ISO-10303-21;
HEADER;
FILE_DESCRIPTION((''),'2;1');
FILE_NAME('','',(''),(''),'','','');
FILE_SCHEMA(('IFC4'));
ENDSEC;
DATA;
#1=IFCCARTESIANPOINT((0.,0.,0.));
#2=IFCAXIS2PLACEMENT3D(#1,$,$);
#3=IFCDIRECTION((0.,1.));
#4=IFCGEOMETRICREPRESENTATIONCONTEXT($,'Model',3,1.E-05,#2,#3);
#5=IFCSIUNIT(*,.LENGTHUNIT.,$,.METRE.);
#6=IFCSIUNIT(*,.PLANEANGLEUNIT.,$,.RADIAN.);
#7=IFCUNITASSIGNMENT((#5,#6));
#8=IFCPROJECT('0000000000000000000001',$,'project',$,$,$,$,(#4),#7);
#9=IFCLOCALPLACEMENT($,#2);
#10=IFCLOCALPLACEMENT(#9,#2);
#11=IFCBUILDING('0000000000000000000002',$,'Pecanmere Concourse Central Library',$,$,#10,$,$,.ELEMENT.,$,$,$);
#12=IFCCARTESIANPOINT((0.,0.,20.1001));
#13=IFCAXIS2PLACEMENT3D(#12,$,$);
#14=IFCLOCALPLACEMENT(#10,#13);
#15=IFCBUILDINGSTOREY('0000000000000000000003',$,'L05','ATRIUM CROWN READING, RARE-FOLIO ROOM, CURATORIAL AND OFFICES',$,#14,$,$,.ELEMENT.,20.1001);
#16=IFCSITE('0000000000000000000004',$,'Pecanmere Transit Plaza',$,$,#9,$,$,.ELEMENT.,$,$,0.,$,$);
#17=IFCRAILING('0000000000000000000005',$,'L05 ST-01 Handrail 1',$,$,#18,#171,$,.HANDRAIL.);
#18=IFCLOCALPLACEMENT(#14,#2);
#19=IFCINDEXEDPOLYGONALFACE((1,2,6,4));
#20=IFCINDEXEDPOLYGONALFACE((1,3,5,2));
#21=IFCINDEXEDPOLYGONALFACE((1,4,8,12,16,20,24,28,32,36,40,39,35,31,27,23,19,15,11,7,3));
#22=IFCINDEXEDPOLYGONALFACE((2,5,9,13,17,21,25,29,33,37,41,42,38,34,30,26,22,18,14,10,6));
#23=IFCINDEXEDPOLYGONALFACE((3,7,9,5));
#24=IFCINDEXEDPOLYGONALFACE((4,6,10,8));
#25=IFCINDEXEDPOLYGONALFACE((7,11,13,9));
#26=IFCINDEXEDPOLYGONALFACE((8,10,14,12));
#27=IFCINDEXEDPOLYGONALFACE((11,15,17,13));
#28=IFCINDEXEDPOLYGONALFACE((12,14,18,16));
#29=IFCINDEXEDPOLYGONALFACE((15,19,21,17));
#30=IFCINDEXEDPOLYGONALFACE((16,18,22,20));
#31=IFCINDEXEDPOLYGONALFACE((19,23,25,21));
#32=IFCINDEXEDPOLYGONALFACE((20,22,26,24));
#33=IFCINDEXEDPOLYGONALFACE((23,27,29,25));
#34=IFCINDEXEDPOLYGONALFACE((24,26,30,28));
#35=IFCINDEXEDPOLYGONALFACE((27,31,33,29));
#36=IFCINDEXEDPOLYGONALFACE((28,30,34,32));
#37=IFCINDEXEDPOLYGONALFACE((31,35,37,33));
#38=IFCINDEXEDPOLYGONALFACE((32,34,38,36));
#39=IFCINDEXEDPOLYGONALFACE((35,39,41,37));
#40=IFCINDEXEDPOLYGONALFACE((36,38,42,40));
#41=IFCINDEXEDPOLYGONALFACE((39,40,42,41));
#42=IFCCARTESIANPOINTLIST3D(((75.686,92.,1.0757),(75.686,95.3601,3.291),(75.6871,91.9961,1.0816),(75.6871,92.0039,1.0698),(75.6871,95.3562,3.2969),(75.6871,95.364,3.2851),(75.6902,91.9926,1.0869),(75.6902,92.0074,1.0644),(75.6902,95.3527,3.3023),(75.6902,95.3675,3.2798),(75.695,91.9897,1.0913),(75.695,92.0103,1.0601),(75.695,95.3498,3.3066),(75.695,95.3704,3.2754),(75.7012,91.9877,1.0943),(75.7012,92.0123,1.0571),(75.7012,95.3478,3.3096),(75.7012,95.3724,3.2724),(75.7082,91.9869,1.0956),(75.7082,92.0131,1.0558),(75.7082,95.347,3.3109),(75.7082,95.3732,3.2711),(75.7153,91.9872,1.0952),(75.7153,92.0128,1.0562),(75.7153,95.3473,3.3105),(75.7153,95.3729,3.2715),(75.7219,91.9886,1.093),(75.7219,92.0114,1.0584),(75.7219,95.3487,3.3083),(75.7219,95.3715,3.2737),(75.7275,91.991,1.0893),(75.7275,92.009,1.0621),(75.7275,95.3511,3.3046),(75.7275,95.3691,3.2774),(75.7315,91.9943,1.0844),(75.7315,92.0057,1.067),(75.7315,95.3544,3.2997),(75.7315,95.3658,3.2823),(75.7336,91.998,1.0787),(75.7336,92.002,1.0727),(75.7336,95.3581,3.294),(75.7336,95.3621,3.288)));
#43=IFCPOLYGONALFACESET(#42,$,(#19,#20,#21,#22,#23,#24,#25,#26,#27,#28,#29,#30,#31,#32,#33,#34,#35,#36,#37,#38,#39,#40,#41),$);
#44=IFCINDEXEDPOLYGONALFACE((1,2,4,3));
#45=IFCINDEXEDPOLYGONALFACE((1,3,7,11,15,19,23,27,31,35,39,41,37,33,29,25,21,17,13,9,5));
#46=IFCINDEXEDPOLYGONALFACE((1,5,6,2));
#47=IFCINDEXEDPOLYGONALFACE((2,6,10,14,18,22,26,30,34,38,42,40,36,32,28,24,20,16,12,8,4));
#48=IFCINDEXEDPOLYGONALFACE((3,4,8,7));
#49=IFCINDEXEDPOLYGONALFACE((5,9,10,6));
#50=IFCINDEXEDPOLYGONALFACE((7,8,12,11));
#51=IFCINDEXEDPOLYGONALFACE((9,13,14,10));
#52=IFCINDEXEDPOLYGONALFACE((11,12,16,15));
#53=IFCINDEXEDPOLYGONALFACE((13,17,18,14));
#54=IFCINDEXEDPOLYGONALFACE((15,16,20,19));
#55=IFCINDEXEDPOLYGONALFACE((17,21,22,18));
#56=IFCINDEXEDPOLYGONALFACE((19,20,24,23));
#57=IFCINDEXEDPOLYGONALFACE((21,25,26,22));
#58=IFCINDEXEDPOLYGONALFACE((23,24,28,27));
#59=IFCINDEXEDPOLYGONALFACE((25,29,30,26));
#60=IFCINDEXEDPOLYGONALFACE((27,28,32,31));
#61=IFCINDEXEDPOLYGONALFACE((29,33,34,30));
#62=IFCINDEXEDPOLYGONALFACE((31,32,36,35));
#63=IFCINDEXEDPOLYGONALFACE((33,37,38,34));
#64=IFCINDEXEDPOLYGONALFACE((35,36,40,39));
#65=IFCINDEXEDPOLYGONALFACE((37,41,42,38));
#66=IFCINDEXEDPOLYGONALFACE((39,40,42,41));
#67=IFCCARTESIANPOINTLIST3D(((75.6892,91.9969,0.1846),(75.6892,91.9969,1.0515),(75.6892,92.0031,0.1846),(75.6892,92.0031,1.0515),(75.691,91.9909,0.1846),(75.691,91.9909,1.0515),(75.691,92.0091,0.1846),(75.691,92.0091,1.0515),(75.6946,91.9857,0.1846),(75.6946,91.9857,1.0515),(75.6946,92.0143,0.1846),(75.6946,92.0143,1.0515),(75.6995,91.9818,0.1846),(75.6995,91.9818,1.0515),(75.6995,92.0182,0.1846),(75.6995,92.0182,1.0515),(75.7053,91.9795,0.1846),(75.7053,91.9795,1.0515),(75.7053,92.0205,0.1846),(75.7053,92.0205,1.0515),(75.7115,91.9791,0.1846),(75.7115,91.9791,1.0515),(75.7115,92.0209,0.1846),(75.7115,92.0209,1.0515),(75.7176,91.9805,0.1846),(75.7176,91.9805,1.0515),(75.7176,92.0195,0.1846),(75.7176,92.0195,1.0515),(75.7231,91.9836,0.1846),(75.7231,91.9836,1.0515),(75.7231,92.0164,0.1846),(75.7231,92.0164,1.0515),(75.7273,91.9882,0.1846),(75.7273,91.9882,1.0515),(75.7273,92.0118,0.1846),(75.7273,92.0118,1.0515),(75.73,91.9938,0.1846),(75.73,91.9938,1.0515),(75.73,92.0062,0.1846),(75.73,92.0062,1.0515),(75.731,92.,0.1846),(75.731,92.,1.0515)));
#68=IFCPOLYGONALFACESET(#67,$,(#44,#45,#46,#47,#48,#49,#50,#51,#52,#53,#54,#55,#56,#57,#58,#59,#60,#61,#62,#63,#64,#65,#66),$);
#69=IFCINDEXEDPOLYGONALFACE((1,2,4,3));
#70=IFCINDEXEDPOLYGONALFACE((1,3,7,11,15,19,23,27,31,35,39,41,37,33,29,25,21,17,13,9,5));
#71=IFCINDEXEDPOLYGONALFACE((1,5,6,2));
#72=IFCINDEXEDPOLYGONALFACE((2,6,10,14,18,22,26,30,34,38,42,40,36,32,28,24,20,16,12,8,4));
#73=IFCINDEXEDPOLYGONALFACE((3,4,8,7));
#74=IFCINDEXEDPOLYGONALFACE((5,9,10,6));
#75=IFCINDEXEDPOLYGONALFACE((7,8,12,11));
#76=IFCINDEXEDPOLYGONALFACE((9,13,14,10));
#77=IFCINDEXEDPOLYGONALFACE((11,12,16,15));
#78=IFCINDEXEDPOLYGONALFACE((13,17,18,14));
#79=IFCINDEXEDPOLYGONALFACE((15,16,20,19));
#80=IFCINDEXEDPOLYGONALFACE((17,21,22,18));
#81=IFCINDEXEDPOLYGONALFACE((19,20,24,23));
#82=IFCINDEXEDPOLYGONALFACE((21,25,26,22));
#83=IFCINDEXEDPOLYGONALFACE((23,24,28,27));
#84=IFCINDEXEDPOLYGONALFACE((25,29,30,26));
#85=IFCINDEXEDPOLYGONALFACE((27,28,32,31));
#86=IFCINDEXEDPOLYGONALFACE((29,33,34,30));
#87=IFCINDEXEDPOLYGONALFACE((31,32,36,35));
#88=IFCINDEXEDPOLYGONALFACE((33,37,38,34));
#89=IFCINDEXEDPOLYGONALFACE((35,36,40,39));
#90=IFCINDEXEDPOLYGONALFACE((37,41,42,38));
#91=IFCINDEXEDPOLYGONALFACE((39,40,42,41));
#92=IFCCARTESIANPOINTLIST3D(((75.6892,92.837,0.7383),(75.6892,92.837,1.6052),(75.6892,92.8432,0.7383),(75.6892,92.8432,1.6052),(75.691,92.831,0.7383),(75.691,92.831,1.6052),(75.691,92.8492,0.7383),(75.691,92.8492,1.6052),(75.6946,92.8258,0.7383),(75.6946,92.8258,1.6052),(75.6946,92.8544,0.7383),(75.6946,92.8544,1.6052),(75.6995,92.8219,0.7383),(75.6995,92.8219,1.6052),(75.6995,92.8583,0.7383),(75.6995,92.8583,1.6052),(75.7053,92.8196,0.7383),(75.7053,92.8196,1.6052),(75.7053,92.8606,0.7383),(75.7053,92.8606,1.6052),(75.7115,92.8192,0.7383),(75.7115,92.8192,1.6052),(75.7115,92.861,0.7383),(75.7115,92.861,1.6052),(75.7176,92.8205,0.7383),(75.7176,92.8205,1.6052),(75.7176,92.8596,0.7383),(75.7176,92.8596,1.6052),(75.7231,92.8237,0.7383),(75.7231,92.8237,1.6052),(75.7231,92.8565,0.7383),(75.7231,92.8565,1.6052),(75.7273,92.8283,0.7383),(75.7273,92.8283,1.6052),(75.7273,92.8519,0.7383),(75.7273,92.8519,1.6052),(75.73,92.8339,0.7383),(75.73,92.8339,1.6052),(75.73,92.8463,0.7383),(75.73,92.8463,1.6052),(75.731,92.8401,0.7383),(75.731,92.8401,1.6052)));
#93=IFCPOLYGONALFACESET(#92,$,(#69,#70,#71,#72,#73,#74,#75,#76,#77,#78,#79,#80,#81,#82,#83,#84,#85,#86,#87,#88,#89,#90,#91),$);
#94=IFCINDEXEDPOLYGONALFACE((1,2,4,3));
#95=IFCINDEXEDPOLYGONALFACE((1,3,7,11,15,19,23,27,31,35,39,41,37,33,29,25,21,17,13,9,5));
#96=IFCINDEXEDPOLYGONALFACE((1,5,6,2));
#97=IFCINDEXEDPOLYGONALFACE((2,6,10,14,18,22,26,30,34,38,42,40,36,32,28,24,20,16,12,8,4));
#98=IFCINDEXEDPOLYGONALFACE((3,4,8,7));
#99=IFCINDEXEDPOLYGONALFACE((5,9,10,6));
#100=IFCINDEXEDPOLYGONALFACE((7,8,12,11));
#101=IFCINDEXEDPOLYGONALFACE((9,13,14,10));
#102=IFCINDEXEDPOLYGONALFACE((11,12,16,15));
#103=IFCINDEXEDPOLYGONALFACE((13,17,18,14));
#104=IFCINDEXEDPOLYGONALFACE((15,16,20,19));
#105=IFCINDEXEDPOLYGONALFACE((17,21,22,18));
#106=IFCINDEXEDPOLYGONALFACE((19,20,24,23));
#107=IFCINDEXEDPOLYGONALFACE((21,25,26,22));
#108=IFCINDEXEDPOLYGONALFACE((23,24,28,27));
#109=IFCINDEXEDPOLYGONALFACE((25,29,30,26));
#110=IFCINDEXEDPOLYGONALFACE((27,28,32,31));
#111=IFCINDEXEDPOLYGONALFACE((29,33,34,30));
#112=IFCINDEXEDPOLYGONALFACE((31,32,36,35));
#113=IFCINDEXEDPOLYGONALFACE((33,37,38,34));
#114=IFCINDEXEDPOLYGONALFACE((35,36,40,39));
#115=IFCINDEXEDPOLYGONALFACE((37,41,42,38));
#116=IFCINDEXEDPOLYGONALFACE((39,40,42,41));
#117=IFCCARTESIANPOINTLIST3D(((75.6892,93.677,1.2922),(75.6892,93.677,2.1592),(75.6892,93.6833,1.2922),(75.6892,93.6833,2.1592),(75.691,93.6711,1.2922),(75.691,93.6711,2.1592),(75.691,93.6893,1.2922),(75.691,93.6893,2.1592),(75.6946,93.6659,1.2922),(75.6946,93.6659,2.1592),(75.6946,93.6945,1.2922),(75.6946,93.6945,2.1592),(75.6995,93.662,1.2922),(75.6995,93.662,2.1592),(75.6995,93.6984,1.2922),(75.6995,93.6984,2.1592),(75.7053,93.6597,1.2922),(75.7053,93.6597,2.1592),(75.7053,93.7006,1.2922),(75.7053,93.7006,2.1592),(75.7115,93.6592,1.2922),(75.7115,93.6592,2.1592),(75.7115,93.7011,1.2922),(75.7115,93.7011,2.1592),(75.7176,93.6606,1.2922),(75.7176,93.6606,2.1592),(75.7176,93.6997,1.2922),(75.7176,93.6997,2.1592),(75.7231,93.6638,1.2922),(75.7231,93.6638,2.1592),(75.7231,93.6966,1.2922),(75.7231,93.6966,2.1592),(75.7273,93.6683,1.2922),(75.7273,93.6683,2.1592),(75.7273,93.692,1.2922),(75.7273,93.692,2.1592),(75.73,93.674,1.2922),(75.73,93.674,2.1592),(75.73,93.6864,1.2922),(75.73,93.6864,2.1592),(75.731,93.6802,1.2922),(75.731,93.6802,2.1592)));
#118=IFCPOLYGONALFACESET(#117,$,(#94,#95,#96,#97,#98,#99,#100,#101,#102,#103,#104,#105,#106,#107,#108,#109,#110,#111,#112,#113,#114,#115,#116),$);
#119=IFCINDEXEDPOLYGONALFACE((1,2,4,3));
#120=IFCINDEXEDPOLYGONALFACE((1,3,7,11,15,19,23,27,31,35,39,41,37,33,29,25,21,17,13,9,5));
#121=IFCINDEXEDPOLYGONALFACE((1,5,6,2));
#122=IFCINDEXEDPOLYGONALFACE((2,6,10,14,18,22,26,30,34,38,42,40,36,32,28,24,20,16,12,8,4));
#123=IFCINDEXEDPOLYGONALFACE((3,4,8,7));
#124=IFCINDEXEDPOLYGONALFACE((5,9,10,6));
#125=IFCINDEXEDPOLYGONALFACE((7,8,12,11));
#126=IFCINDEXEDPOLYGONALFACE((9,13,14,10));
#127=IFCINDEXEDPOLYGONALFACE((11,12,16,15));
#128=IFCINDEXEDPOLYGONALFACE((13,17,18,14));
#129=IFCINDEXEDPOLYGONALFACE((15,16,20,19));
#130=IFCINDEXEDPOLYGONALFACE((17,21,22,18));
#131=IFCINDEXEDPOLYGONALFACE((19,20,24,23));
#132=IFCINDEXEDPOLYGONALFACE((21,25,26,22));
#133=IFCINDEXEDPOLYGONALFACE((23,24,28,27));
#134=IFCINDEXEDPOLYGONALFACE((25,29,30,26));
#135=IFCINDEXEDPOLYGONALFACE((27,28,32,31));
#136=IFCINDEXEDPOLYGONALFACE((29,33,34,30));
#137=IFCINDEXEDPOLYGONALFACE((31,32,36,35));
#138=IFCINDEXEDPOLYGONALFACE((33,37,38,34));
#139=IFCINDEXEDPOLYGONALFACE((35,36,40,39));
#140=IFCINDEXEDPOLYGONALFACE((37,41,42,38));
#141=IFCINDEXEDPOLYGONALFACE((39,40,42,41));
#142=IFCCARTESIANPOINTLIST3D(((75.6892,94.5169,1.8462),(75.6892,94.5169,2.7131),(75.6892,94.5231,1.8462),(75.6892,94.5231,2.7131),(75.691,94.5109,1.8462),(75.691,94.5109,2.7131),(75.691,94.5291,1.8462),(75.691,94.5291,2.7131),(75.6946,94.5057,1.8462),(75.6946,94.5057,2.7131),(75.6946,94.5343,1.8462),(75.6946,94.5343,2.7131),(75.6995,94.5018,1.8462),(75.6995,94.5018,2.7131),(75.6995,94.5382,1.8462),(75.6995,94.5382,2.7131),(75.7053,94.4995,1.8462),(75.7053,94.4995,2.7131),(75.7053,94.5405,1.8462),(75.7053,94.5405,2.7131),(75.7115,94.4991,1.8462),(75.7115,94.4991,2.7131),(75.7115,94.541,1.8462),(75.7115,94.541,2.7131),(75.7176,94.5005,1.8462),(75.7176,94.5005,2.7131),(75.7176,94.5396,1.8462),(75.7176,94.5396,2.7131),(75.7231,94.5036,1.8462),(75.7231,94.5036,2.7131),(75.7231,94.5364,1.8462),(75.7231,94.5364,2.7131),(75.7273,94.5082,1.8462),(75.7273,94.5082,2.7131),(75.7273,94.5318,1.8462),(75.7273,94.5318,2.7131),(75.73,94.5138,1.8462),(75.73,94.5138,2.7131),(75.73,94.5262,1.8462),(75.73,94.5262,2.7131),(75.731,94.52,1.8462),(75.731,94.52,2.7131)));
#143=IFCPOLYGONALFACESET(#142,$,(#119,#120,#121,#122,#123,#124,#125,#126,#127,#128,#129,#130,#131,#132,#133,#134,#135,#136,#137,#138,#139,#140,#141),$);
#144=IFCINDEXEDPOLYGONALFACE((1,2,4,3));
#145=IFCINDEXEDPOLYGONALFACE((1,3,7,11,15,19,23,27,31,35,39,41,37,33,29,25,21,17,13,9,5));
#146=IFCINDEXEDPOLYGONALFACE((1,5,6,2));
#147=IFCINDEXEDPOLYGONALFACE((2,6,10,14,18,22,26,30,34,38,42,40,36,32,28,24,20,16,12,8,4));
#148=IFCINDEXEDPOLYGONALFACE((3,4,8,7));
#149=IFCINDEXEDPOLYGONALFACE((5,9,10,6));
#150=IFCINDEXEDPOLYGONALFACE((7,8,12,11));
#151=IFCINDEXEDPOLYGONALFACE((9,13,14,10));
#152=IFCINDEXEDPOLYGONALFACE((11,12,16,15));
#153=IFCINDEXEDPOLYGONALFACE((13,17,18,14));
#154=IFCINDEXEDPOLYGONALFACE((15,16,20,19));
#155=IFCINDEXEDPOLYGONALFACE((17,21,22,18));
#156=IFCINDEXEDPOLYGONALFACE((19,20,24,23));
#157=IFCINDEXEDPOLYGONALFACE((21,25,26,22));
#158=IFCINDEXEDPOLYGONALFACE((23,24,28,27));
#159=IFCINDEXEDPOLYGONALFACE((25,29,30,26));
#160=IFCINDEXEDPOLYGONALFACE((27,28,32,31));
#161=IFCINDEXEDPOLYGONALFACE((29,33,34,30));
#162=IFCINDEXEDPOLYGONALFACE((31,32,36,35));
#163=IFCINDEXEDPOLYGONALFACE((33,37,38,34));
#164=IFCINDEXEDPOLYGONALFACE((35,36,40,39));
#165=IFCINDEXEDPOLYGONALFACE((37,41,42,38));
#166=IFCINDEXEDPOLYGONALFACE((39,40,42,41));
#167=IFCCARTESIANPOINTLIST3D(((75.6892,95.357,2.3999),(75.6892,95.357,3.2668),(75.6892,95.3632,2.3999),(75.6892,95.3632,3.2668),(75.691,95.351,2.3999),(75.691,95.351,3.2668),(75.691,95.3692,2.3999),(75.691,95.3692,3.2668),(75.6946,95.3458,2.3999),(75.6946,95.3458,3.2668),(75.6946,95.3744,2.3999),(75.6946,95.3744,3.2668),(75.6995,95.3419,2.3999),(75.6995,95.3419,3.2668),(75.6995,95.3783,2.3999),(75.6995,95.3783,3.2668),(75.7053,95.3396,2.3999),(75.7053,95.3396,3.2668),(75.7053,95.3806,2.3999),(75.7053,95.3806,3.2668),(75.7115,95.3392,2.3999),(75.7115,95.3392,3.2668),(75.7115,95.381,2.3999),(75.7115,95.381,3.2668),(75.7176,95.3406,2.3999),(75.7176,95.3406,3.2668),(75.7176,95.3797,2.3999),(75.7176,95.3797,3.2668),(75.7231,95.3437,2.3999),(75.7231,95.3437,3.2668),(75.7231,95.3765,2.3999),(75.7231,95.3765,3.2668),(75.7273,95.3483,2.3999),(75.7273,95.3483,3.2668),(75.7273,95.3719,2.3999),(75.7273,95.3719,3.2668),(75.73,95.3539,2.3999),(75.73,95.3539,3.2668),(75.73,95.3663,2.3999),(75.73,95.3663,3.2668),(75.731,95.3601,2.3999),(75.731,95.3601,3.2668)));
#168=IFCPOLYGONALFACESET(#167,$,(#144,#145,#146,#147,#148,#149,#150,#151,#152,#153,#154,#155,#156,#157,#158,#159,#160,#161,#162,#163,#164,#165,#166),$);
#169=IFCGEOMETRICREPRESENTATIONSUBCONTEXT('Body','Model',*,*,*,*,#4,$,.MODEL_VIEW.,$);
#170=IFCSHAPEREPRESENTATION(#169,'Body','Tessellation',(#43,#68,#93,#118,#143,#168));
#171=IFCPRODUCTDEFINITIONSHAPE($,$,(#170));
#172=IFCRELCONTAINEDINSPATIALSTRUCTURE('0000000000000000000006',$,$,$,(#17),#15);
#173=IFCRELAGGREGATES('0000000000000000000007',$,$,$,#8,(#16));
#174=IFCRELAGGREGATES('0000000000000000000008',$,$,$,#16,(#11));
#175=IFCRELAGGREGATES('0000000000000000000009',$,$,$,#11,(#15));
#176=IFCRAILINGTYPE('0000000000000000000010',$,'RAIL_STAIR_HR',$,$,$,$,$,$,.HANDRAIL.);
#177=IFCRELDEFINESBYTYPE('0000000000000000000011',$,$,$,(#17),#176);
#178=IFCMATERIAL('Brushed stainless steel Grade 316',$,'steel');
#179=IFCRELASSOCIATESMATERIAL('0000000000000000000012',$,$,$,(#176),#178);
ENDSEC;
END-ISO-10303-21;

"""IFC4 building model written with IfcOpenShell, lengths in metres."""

from ifc_helpers import new_model, si_unit, direction, frame, origin, origin_2d, place, context, subcontext, project, spatial, circle, extrude, material, type_object, element, save


model = new_model("IFC4")

# Units and contexts
model_context = context("Model", 3, precision=1e-05, world=origin(), true_north=direction((0.0, 1.0)))
body_context = subcontext(model_context, "Body", "Model", "MODEL_VIEW")
ifc_project = project(units=[si_unit("LENGTHUNIT", "METRE"), si_unit("PLANEANGLEUNIT", "RADIAN")], contexts=[model_context])

# Site, building, storey
site_placement = place(None, origin())
site = spatial("IfcSite", under=ifc_project, at=site_placement, Name="Pecanmere Transit Plaza", CompositionType="ELEMENT", RefElevation=0.0)
building_placement = place(site_placement, origin())
building = spatial("IfcBuilding", under=site, at=building_placement, Name="Pecanmere Concourse Central Library", CompositionType="ELEMENT")
storey_placement = place(building_placement, frame((0.0, 0.0, 20.1001)))
storey = spatial("IfcBuildingStorey", under=building, at=storey_placement, Name="L05", Description="ATRIUM CROWN READING, RARE-FOLIO ROOM, CURATORIAL AND OFFICES", CompositionType="ELEMENT", Elevation=20.1001)

# Railing
ifc_material_1 = material(Name="Brushed stainless steel Grade 316", Category="steel")
railing_type_1 = type_object("IfcRailingType", Name="RAIL_STAIR_HR", PredefinedType="HANDRAIL", material=ifc_material_1)
railing_1_placement = place(storey_placement, frame((75.71, 92.0, 0.1846)))
element("IfcRailing", 1, at=railing_1_placement, inside=storey, type_object=railing_type_1, Name="L05 ST-01 Handrail 1", PredefinedType="HANDRAIL", context=body_context, shape_type="SweptSolid", body=[
    extrude(circle(Radius=0.0239, at=origin_2d()), frame((0.0, 0.0, 0.8911), z_axis=(0.0, 0.834876, 0.550437), x_axis=(-1.0, 0.0, 0.0)), (0.0, 0.0, 1.0), 4.0247),
    extrude(circle(Radius=0.021, at=origin_2d()), origin(), (0.0, 0.0, 1.0), 0.8669),
    extrude(circle(Radius=0.021, at=origin_2d()), frame((0.0, 0.8401, 0.5537)), (0.0, 0.0, 1.0), 0.8669),
    extrude(circle(Radius=0.021, at=origin_2d()), frame((0.0, 1.6802, 1.1077)), (0.0, 0.0, 1.0), 0.8669),
    extrude(circle(Radius=0.021, at=origin_2d()), frame((0.0, 2.52, 1.6616)), (0.0, 0.0, 1.0), 0.8669),
    extrude(circle(Radius=0.021, at=origin_2d()), frame((0.0, 3.3601, 2.2153)), (0.0, 0.0, 1.0), 0.8669),
])

save(model, "model.ifc")
